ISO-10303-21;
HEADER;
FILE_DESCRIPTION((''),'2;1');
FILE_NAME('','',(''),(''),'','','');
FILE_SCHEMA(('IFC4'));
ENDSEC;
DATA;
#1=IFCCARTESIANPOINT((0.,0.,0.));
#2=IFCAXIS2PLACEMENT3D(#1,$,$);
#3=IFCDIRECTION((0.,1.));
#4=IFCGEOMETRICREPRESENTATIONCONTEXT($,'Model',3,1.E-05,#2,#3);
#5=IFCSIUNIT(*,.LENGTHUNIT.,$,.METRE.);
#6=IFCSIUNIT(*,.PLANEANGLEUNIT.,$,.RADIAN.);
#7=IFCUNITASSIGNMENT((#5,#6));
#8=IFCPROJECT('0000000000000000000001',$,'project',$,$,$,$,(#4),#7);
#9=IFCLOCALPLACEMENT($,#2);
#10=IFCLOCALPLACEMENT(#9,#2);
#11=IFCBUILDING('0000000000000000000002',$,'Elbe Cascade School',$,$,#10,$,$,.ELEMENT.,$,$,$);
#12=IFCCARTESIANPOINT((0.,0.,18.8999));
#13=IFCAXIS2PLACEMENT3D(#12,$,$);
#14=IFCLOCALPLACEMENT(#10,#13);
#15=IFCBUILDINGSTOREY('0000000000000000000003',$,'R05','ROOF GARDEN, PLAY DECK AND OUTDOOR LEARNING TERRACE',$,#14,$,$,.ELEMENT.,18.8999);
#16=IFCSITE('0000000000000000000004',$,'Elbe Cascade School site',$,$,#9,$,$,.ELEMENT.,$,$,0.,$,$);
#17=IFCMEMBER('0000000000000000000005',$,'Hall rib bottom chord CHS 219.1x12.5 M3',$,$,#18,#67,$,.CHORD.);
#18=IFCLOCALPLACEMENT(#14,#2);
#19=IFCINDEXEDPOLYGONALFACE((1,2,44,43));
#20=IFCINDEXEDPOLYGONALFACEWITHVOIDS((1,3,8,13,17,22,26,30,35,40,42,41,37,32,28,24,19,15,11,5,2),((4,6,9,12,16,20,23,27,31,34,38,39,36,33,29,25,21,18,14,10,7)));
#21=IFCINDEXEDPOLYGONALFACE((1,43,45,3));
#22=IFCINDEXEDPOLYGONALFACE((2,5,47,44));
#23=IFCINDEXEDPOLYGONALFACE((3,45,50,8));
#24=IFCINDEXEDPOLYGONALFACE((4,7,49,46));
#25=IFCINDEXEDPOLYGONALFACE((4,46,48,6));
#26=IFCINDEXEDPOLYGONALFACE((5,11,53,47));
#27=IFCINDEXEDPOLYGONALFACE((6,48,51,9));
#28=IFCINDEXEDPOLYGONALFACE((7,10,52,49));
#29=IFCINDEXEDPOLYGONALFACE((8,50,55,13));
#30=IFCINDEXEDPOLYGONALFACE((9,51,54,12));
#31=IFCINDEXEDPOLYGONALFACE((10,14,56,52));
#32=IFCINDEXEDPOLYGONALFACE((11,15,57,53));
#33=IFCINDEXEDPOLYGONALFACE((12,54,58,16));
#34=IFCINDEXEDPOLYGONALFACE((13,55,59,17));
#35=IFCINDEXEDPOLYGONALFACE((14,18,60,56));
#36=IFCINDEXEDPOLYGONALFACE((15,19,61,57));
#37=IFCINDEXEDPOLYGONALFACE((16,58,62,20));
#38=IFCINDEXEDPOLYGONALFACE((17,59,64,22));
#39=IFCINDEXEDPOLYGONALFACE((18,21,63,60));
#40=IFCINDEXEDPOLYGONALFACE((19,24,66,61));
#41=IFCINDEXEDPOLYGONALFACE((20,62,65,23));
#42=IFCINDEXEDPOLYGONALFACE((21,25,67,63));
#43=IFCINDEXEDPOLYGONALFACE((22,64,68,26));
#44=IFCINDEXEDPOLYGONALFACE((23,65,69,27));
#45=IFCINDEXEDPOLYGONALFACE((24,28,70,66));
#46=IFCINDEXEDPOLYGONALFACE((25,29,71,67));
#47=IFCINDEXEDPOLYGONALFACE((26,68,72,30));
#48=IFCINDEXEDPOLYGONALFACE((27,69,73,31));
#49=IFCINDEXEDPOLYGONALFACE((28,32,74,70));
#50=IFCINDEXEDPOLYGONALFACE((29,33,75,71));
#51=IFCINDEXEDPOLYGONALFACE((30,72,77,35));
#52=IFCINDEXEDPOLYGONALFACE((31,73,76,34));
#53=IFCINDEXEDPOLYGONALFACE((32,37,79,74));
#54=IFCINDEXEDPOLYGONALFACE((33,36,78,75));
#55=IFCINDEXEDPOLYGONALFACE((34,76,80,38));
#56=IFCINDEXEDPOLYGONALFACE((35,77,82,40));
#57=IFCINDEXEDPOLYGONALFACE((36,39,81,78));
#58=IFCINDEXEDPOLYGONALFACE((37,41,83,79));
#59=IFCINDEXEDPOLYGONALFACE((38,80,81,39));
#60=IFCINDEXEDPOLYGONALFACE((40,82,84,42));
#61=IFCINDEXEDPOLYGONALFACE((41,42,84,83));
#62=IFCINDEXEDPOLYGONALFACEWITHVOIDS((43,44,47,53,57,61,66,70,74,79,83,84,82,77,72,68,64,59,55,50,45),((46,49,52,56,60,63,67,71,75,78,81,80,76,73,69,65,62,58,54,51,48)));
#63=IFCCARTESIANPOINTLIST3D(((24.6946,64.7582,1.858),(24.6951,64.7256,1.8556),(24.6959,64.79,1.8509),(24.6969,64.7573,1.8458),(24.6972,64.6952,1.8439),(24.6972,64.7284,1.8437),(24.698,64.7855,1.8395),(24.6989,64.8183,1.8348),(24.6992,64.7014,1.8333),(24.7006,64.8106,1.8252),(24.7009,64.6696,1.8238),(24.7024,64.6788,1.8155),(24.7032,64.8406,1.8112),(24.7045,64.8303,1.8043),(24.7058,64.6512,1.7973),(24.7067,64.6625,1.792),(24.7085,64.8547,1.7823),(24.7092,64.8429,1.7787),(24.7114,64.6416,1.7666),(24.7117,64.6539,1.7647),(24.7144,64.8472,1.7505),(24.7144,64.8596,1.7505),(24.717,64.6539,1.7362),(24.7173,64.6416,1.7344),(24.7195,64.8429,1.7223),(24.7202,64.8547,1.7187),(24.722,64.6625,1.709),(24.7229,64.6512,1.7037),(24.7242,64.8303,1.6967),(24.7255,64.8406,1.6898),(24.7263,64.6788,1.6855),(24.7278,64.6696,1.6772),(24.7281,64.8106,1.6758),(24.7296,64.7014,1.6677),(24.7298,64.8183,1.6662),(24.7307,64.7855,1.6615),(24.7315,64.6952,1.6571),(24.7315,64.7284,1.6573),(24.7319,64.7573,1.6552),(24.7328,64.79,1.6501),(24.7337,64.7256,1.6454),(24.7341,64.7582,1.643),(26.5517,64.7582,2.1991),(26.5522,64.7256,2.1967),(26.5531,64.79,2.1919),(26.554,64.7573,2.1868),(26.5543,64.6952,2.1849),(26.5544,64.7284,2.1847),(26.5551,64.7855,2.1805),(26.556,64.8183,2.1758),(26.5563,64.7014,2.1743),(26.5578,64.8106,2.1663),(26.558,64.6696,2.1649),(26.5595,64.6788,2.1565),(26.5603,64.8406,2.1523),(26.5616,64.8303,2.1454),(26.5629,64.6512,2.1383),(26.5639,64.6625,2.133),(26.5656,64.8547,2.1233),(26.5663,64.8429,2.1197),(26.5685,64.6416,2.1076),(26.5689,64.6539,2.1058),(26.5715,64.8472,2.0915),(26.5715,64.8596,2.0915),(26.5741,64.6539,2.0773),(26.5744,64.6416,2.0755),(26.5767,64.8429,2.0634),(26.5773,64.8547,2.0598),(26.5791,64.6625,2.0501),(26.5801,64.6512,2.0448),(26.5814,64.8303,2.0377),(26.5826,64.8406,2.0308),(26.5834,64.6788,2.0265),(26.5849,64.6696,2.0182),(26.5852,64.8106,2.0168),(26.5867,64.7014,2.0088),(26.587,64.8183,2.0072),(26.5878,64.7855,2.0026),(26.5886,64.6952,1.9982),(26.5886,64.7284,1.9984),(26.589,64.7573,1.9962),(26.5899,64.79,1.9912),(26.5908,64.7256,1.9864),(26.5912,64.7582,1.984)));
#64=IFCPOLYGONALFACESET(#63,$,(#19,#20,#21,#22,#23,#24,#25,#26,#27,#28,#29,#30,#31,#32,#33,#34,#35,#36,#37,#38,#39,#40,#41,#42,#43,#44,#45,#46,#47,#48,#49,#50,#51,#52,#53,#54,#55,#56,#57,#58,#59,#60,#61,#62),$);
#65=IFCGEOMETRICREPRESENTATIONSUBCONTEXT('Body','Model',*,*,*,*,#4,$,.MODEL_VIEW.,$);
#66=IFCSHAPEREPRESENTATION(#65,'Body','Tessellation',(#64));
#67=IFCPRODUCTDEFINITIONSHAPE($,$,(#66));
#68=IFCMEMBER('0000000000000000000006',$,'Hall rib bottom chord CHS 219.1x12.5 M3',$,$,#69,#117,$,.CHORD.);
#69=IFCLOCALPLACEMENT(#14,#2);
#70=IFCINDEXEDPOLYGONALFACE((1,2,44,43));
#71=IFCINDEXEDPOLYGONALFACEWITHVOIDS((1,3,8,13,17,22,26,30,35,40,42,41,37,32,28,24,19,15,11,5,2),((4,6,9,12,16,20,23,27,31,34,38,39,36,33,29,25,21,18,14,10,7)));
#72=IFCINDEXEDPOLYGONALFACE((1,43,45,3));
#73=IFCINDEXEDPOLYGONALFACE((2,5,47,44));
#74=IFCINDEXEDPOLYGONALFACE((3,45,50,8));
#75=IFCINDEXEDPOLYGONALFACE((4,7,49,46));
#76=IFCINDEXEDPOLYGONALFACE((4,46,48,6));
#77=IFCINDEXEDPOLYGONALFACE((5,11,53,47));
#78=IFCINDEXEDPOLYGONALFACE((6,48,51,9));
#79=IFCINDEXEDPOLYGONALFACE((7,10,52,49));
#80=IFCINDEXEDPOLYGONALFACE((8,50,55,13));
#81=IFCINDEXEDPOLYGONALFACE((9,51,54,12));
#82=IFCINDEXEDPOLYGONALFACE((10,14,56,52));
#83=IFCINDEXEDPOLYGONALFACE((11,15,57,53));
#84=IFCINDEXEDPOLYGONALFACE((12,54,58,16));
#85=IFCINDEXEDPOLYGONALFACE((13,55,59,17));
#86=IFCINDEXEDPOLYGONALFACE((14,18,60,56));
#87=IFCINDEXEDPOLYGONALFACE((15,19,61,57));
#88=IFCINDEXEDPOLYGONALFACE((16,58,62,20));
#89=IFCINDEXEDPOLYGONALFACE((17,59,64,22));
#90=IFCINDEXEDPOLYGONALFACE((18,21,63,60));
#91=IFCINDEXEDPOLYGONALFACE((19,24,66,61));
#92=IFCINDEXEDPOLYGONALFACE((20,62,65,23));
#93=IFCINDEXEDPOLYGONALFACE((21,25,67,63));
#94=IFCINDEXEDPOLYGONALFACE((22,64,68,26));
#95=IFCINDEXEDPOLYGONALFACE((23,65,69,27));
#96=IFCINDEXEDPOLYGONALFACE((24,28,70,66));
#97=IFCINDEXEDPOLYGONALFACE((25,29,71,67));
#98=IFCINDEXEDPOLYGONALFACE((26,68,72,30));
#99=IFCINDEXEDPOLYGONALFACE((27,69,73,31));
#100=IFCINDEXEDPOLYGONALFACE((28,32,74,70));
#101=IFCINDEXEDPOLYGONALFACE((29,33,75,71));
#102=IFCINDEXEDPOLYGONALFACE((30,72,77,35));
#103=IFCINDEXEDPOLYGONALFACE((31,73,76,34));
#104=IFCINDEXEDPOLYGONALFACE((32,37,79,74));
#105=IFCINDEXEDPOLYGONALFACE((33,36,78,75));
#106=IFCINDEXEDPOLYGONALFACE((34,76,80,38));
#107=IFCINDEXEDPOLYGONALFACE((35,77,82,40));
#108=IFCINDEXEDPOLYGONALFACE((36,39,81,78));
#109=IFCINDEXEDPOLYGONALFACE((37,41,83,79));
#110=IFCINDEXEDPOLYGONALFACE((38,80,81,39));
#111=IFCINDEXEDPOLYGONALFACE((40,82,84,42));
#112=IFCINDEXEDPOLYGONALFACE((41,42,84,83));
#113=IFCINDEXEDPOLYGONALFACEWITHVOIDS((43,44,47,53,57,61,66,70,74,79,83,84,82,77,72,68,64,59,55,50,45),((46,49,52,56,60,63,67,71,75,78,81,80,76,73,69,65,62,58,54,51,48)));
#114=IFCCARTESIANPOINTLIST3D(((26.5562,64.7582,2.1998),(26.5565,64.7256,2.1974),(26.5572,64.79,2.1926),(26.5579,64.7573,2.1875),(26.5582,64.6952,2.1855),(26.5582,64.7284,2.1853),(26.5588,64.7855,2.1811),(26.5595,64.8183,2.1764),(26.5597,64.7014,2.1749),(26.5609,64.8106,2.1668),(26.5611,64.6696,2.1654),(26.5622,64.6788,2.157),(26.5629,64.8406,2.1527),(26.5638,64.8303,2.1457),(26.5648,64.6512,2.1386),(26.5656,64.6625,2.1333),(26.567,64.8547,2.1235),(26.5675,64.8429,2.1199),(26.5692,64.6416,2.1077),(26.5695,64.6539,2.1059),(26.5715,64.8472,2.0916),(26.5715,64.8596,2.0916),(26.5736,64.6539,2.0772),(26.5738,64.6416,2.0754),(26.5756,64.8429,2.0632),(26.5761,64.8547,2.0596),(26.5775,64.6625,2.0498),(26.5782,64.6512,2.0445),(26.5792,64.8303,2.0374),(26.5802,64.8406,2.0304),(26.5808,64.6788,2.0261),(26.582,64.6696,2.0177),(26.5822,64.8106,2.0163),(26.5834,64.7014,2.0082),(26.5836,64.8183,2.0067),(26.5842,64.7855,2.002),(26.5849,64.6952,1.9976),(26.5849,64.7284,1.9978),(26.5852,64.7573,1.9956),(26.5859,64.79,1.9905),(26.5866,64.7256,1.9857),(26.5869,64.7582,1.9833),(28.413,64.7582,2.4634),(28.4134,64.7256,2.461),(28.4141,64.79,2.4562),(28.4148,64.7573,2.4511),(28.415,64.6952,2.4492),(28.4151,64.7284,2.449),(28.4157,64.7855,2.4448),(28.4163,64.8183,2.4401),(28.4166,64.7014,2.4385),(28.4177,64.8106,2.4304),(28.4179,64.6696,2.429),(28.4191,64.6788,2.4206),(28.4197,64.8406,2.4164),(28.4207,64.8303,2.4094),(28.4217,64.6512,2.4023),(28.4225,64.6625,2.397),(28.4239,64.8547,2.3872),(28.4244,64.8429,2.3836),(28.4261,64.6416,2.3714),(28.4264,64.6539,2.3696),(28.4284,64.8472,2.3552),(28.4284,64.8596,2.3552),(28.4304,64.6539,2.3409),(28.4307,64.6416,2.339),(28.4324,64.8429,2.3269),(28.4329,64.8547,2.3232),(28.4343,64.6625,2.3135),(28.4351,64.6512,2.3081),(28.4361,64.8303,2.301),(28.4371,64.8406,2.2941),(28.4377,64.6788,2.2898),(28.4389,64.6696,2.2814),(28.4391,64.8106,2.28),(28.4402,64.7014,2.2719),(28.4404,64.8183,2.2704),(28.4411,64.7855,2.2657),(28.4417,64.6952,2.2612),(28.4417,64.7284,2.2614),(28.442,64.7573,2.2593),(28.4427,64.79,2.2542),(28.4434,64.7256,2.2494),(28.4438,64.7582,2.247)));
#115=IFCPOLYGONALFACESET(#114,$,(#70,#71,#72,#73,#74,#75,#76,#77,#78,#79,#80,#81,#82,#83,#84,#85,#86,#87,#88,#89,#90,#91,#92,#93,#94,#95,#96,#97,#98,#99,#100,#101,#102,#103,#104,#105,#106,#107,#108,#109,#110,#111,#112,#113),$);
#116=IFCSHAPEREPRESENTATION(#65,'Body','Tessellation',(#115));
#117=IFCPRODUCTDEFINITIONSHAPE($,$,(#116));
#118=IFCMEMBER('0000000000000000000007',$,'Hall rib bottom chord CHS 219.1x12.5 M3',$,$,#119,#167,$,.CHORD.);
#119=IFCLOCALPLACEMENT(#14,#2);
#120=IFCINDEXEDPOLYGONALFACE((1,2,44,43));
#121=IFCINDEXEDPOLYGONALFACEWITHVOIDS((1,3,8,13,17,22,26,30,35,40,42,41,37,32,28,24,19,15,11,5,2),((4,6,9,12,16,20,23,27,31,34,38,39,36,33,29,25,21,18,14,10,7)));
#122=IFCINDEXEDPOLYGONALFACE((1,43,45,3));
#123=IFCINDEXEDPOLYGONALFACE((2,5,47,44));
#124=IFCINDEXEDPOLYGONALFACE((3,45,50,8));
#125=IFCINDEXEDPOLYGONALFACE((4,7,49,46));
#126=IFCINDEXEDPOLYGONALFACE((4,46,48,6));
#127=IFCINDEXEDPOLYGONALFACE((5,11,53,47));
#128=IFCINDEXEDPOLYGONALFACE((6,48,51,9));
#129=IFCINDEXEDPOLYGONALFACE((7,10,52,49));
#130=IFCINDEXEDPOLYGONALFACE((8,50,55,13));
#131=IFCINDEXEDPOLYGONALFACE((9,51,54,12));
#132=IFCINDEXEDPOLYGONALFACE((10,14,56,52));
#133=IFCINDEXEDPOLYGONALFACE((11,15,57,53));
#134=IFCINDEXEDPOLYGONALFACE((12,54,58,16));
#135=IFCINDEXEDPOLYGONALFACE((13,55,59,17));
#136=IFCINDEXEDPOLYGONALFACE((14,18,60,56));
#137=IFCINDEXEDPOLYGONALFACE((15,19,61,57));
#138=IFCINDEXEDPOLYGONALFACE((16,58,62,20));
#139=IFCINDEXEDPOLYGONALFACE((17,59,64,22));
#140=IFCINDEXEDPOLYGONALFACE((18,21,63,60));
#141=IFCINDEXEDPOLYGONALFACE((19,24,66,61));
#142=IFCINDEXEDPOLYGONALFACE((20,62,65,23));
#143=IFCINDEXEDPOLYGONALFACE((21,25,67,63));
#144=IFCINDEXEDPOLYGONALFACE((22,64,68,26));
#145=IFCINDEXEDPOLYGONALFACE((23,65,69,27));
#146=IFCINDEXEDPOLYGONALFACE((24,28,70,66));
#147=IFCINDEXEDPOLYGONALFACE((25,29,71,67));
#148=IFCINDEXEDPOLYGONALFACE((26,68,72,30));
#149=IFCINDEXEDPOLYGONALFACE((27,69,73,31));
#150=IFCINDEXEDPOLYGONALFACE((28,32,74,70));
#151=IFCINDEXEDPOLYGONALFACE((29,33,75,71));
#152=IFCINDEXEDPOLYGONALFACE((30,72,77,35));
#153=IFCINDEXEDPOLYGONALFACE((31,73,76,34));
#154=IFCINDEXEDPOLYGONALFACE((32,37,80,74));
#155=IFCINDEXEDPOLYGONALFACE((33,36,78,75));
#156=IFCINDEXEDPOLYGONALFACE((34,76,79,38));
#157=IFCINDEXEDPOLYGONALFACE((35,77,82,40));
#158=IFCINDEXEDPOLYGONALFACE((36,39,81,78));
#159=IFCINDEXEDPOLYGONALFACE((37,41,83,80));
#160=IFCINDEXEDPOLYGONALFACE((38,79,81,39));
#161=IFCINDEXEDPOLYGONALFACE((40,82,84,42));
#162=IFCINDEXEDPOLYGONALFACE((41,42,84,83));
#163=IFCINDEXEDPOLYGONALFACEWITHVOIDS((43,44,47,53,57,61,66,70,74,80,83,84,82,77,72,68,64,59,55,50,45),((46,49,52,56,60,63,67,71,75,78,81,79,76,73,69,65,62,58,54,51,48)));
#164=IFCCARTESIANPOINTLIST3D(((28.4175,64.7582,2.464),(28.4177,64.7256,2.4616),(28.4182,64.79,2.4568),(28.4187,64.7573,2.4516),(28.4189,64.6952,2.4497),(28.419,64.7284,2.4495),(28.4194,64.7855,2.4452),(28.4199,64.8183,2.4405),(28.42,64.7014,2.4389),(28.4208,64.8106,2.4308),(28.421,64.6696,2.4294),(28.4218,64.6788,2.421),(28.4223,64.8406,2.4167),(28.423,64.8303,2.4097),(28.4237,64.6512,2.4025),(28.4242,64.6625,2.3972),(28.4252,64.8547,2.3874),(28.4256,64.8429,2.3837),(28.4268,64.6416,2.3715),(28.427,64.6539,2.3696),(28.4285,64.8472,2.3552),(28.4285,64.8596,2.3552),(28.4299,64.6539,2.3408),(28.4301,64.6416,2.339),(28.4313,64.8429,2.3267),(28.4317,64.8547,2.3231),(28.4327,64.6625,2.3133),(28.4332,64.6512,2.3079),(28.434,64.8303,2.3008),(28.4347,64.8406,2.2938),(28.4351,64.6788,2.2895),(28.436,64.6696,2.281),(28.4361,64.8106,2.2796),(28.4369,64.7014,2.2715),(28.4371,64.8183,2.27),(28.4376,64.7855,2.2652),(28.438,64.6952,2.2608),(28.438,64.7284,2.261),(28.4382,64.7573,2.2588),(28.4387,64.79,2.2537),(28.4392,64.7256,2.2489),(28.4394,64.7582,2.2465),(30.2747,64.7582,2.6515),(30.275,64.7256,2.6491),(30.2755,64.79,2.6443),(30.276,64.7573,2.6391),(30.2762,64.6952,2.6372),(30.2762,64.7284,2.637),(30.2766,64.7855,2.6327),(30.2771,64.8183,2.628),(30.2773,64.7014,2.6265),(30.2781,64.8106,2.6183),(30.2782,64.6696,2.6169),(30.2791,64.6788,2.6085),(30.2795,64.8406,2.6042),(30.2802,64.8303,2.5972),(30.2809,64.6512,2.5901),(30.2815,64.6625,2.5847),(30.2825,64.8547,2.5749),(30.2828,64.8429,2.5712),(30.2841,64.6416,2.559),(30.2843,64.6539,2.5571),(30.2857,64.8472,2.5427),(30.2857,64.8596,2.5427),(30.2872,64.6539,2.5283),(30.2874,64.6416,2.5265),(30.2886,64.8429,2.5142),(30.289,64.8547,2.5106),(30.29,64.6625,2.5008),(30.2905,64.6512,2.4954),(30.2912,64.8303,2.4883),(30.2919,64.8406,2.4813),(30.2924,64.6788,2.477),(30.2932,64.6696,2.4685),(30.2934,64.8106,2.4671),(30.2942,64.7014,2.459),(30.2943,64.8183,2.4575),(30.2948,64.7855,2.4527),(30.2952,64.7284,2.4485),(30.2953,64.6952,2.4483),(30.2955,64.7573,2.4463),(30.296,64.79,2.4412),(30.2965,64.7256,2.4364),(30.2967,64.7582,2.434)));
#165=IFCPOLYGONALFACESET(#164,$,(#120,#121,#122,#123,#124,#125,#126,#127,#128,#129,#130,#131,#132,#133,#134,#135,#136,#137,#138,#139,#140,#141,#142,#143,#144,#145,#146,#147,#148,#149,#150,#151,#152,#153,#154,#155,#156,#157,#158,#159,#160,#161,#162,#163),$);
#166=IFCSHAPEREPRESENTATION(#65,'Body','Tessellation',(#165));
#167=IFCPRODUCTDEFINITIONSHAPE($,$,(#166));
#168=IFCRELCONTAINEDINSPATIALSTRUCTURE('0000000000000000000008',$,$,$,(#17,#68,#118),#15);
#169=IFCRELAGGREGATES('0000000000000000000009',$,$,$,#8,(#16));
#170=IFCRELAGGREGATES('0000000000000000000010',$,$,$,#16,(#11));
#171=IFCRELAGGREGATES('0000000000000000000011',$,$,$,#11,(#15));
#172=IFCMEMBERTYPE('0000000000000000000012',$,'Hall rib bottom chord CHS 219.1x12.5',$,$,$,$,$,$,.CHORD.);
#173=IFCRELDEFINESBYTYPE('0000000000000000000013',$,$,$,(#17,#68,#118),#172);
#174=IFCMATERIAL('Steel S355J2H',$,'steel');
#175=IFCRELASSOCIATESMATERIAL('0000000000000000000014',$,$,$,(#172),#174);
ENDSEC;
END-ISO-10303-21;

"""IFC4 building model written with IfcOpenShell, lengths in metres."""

from ifc_helpers import new_model, si_unit, direction, frame, origin, origin_2d, place, context, subcontext, project, spatial, hollow_circle, extrude, material, material_profile, profile_set, type_object, element, save


model = new_model("IFC4")

# Units and contexts
model_context = context("Model", 3, precision=1e-05, world=origin(), true_north=direction((0.0, 1.0)))
body_context = subcontext(model_context, "Body", "Model", "MODEL_VIEW")
ifc_project = project(units=[si_unit("LENGTHUNIT", "METRE"), si_unit("PLANEANGLEUNIT", "RADIAN")], contexts=[model_context])

# Site, building, storey
site_placement = place(None, origin())
site = spatial("IfcSite", under=ifc_project, at=site_placement, Name="Elbe Cascade School site", CompositionType="ELEMENT", RefElevation=0.0)
building_placement = place(site_placement, origin())
building = spatial("IfcBuilding", under=site, at=building_placement, Name="Elbe Cascade School", CompositionType="ELEMENT")
storey_placement = place(building_placement, frame((0.0, 0.0, 18.8999)))
storey = spatial("IfcBuildingStorey", under=building, at=storey_placement, Name="R05", Description="ROOF GARDEN, PLAY DECK AND OUTDOOR LEARNING TERRACE", CompositionType="ELEMENT", Elevation=18.8999)

# Members
ifc_material_1 = material(Name="Steel S355J2H", Category="steel")
ifc_material_profile_1 = material_profile(ifc_material_1, hollow_circle(Radius=0.1096, WallThickness=0.0125, at=origin_2d()), Name="CHS 219.1x12.5")
ifc_profile_set_1 = profile_set([ifc_material_profile_1], Name="Steel S355J2H")
member_type_1 = type_object("IfcMemberType", Name="Hall rib bottom chord CHS 219.1x12.5", PredefinedType="CHORD", material=ifc_profile_set_1)
member_1_placement = place(storey_placement, frame((24.7144, 64.75, 1.7505), z_axis=(0.983552, 0.0, 0.180626), x_axis=(0.0, 1.0, 0.0)))
element("IfcMember", 1, at=member_1_placement, inside=storey, type_object=member_type_1, Name="Hall rib bottom chord CHS 219.1x12.5 M3", PredefinedType="CHORD", context=body_context, shape_type="SweptSolid", body=[
    extrude(hollow_circle(Radius=0.1096, WallThickness=0.0125, at=origin_2d()), origin(), (0.0, 0.0, 1.0), 1.8882),
])
member_2_placement = place(storey_placement, frame((26.5715, 64.75, 2.0916), z_axis=(0.990069, 0.0, 0.140583), x_axis=(0.0, 1.0, 0.0)))
element("IfcMember", 2, at=member_2_placement, inside=storey, type_object=member_type_1, Name="Hall rib bottom chord CHS 219.1x12.5 M3", PredefinedType="CHORD", context=body_context, shape_type="SweptSolid", body=[
    extrude(hollow_circle(Radius=0.1096, WallThickness=0.0125, at=origin_2d()), origin(), (0.0, 0.0, 1.0), 1.8755),
])
member_3_placement = place(storey_placement, frame((28.4285, 64.75, 2.3552), z_axis=(0.994942, 0.0, 0.100449), x_axis=(0.0, 1.0, 0.0)))
element("IfcMember", 3, at=member_3_placement, inside=storey, type_object=member_type_1, Name="Hall rib bottom chord CHS 219.1x12.5 M3", PredefinedType="CHORD", context=body_context, shape_type="SweptSolid", body=[
    extrude(hollow_circle(Radius=0.1096, WallThickness=0.0125, at=origin_2d()), origin(), (0.0, 0.0, 1.0), 1.8667),
])

save(model, "model.ifc")
